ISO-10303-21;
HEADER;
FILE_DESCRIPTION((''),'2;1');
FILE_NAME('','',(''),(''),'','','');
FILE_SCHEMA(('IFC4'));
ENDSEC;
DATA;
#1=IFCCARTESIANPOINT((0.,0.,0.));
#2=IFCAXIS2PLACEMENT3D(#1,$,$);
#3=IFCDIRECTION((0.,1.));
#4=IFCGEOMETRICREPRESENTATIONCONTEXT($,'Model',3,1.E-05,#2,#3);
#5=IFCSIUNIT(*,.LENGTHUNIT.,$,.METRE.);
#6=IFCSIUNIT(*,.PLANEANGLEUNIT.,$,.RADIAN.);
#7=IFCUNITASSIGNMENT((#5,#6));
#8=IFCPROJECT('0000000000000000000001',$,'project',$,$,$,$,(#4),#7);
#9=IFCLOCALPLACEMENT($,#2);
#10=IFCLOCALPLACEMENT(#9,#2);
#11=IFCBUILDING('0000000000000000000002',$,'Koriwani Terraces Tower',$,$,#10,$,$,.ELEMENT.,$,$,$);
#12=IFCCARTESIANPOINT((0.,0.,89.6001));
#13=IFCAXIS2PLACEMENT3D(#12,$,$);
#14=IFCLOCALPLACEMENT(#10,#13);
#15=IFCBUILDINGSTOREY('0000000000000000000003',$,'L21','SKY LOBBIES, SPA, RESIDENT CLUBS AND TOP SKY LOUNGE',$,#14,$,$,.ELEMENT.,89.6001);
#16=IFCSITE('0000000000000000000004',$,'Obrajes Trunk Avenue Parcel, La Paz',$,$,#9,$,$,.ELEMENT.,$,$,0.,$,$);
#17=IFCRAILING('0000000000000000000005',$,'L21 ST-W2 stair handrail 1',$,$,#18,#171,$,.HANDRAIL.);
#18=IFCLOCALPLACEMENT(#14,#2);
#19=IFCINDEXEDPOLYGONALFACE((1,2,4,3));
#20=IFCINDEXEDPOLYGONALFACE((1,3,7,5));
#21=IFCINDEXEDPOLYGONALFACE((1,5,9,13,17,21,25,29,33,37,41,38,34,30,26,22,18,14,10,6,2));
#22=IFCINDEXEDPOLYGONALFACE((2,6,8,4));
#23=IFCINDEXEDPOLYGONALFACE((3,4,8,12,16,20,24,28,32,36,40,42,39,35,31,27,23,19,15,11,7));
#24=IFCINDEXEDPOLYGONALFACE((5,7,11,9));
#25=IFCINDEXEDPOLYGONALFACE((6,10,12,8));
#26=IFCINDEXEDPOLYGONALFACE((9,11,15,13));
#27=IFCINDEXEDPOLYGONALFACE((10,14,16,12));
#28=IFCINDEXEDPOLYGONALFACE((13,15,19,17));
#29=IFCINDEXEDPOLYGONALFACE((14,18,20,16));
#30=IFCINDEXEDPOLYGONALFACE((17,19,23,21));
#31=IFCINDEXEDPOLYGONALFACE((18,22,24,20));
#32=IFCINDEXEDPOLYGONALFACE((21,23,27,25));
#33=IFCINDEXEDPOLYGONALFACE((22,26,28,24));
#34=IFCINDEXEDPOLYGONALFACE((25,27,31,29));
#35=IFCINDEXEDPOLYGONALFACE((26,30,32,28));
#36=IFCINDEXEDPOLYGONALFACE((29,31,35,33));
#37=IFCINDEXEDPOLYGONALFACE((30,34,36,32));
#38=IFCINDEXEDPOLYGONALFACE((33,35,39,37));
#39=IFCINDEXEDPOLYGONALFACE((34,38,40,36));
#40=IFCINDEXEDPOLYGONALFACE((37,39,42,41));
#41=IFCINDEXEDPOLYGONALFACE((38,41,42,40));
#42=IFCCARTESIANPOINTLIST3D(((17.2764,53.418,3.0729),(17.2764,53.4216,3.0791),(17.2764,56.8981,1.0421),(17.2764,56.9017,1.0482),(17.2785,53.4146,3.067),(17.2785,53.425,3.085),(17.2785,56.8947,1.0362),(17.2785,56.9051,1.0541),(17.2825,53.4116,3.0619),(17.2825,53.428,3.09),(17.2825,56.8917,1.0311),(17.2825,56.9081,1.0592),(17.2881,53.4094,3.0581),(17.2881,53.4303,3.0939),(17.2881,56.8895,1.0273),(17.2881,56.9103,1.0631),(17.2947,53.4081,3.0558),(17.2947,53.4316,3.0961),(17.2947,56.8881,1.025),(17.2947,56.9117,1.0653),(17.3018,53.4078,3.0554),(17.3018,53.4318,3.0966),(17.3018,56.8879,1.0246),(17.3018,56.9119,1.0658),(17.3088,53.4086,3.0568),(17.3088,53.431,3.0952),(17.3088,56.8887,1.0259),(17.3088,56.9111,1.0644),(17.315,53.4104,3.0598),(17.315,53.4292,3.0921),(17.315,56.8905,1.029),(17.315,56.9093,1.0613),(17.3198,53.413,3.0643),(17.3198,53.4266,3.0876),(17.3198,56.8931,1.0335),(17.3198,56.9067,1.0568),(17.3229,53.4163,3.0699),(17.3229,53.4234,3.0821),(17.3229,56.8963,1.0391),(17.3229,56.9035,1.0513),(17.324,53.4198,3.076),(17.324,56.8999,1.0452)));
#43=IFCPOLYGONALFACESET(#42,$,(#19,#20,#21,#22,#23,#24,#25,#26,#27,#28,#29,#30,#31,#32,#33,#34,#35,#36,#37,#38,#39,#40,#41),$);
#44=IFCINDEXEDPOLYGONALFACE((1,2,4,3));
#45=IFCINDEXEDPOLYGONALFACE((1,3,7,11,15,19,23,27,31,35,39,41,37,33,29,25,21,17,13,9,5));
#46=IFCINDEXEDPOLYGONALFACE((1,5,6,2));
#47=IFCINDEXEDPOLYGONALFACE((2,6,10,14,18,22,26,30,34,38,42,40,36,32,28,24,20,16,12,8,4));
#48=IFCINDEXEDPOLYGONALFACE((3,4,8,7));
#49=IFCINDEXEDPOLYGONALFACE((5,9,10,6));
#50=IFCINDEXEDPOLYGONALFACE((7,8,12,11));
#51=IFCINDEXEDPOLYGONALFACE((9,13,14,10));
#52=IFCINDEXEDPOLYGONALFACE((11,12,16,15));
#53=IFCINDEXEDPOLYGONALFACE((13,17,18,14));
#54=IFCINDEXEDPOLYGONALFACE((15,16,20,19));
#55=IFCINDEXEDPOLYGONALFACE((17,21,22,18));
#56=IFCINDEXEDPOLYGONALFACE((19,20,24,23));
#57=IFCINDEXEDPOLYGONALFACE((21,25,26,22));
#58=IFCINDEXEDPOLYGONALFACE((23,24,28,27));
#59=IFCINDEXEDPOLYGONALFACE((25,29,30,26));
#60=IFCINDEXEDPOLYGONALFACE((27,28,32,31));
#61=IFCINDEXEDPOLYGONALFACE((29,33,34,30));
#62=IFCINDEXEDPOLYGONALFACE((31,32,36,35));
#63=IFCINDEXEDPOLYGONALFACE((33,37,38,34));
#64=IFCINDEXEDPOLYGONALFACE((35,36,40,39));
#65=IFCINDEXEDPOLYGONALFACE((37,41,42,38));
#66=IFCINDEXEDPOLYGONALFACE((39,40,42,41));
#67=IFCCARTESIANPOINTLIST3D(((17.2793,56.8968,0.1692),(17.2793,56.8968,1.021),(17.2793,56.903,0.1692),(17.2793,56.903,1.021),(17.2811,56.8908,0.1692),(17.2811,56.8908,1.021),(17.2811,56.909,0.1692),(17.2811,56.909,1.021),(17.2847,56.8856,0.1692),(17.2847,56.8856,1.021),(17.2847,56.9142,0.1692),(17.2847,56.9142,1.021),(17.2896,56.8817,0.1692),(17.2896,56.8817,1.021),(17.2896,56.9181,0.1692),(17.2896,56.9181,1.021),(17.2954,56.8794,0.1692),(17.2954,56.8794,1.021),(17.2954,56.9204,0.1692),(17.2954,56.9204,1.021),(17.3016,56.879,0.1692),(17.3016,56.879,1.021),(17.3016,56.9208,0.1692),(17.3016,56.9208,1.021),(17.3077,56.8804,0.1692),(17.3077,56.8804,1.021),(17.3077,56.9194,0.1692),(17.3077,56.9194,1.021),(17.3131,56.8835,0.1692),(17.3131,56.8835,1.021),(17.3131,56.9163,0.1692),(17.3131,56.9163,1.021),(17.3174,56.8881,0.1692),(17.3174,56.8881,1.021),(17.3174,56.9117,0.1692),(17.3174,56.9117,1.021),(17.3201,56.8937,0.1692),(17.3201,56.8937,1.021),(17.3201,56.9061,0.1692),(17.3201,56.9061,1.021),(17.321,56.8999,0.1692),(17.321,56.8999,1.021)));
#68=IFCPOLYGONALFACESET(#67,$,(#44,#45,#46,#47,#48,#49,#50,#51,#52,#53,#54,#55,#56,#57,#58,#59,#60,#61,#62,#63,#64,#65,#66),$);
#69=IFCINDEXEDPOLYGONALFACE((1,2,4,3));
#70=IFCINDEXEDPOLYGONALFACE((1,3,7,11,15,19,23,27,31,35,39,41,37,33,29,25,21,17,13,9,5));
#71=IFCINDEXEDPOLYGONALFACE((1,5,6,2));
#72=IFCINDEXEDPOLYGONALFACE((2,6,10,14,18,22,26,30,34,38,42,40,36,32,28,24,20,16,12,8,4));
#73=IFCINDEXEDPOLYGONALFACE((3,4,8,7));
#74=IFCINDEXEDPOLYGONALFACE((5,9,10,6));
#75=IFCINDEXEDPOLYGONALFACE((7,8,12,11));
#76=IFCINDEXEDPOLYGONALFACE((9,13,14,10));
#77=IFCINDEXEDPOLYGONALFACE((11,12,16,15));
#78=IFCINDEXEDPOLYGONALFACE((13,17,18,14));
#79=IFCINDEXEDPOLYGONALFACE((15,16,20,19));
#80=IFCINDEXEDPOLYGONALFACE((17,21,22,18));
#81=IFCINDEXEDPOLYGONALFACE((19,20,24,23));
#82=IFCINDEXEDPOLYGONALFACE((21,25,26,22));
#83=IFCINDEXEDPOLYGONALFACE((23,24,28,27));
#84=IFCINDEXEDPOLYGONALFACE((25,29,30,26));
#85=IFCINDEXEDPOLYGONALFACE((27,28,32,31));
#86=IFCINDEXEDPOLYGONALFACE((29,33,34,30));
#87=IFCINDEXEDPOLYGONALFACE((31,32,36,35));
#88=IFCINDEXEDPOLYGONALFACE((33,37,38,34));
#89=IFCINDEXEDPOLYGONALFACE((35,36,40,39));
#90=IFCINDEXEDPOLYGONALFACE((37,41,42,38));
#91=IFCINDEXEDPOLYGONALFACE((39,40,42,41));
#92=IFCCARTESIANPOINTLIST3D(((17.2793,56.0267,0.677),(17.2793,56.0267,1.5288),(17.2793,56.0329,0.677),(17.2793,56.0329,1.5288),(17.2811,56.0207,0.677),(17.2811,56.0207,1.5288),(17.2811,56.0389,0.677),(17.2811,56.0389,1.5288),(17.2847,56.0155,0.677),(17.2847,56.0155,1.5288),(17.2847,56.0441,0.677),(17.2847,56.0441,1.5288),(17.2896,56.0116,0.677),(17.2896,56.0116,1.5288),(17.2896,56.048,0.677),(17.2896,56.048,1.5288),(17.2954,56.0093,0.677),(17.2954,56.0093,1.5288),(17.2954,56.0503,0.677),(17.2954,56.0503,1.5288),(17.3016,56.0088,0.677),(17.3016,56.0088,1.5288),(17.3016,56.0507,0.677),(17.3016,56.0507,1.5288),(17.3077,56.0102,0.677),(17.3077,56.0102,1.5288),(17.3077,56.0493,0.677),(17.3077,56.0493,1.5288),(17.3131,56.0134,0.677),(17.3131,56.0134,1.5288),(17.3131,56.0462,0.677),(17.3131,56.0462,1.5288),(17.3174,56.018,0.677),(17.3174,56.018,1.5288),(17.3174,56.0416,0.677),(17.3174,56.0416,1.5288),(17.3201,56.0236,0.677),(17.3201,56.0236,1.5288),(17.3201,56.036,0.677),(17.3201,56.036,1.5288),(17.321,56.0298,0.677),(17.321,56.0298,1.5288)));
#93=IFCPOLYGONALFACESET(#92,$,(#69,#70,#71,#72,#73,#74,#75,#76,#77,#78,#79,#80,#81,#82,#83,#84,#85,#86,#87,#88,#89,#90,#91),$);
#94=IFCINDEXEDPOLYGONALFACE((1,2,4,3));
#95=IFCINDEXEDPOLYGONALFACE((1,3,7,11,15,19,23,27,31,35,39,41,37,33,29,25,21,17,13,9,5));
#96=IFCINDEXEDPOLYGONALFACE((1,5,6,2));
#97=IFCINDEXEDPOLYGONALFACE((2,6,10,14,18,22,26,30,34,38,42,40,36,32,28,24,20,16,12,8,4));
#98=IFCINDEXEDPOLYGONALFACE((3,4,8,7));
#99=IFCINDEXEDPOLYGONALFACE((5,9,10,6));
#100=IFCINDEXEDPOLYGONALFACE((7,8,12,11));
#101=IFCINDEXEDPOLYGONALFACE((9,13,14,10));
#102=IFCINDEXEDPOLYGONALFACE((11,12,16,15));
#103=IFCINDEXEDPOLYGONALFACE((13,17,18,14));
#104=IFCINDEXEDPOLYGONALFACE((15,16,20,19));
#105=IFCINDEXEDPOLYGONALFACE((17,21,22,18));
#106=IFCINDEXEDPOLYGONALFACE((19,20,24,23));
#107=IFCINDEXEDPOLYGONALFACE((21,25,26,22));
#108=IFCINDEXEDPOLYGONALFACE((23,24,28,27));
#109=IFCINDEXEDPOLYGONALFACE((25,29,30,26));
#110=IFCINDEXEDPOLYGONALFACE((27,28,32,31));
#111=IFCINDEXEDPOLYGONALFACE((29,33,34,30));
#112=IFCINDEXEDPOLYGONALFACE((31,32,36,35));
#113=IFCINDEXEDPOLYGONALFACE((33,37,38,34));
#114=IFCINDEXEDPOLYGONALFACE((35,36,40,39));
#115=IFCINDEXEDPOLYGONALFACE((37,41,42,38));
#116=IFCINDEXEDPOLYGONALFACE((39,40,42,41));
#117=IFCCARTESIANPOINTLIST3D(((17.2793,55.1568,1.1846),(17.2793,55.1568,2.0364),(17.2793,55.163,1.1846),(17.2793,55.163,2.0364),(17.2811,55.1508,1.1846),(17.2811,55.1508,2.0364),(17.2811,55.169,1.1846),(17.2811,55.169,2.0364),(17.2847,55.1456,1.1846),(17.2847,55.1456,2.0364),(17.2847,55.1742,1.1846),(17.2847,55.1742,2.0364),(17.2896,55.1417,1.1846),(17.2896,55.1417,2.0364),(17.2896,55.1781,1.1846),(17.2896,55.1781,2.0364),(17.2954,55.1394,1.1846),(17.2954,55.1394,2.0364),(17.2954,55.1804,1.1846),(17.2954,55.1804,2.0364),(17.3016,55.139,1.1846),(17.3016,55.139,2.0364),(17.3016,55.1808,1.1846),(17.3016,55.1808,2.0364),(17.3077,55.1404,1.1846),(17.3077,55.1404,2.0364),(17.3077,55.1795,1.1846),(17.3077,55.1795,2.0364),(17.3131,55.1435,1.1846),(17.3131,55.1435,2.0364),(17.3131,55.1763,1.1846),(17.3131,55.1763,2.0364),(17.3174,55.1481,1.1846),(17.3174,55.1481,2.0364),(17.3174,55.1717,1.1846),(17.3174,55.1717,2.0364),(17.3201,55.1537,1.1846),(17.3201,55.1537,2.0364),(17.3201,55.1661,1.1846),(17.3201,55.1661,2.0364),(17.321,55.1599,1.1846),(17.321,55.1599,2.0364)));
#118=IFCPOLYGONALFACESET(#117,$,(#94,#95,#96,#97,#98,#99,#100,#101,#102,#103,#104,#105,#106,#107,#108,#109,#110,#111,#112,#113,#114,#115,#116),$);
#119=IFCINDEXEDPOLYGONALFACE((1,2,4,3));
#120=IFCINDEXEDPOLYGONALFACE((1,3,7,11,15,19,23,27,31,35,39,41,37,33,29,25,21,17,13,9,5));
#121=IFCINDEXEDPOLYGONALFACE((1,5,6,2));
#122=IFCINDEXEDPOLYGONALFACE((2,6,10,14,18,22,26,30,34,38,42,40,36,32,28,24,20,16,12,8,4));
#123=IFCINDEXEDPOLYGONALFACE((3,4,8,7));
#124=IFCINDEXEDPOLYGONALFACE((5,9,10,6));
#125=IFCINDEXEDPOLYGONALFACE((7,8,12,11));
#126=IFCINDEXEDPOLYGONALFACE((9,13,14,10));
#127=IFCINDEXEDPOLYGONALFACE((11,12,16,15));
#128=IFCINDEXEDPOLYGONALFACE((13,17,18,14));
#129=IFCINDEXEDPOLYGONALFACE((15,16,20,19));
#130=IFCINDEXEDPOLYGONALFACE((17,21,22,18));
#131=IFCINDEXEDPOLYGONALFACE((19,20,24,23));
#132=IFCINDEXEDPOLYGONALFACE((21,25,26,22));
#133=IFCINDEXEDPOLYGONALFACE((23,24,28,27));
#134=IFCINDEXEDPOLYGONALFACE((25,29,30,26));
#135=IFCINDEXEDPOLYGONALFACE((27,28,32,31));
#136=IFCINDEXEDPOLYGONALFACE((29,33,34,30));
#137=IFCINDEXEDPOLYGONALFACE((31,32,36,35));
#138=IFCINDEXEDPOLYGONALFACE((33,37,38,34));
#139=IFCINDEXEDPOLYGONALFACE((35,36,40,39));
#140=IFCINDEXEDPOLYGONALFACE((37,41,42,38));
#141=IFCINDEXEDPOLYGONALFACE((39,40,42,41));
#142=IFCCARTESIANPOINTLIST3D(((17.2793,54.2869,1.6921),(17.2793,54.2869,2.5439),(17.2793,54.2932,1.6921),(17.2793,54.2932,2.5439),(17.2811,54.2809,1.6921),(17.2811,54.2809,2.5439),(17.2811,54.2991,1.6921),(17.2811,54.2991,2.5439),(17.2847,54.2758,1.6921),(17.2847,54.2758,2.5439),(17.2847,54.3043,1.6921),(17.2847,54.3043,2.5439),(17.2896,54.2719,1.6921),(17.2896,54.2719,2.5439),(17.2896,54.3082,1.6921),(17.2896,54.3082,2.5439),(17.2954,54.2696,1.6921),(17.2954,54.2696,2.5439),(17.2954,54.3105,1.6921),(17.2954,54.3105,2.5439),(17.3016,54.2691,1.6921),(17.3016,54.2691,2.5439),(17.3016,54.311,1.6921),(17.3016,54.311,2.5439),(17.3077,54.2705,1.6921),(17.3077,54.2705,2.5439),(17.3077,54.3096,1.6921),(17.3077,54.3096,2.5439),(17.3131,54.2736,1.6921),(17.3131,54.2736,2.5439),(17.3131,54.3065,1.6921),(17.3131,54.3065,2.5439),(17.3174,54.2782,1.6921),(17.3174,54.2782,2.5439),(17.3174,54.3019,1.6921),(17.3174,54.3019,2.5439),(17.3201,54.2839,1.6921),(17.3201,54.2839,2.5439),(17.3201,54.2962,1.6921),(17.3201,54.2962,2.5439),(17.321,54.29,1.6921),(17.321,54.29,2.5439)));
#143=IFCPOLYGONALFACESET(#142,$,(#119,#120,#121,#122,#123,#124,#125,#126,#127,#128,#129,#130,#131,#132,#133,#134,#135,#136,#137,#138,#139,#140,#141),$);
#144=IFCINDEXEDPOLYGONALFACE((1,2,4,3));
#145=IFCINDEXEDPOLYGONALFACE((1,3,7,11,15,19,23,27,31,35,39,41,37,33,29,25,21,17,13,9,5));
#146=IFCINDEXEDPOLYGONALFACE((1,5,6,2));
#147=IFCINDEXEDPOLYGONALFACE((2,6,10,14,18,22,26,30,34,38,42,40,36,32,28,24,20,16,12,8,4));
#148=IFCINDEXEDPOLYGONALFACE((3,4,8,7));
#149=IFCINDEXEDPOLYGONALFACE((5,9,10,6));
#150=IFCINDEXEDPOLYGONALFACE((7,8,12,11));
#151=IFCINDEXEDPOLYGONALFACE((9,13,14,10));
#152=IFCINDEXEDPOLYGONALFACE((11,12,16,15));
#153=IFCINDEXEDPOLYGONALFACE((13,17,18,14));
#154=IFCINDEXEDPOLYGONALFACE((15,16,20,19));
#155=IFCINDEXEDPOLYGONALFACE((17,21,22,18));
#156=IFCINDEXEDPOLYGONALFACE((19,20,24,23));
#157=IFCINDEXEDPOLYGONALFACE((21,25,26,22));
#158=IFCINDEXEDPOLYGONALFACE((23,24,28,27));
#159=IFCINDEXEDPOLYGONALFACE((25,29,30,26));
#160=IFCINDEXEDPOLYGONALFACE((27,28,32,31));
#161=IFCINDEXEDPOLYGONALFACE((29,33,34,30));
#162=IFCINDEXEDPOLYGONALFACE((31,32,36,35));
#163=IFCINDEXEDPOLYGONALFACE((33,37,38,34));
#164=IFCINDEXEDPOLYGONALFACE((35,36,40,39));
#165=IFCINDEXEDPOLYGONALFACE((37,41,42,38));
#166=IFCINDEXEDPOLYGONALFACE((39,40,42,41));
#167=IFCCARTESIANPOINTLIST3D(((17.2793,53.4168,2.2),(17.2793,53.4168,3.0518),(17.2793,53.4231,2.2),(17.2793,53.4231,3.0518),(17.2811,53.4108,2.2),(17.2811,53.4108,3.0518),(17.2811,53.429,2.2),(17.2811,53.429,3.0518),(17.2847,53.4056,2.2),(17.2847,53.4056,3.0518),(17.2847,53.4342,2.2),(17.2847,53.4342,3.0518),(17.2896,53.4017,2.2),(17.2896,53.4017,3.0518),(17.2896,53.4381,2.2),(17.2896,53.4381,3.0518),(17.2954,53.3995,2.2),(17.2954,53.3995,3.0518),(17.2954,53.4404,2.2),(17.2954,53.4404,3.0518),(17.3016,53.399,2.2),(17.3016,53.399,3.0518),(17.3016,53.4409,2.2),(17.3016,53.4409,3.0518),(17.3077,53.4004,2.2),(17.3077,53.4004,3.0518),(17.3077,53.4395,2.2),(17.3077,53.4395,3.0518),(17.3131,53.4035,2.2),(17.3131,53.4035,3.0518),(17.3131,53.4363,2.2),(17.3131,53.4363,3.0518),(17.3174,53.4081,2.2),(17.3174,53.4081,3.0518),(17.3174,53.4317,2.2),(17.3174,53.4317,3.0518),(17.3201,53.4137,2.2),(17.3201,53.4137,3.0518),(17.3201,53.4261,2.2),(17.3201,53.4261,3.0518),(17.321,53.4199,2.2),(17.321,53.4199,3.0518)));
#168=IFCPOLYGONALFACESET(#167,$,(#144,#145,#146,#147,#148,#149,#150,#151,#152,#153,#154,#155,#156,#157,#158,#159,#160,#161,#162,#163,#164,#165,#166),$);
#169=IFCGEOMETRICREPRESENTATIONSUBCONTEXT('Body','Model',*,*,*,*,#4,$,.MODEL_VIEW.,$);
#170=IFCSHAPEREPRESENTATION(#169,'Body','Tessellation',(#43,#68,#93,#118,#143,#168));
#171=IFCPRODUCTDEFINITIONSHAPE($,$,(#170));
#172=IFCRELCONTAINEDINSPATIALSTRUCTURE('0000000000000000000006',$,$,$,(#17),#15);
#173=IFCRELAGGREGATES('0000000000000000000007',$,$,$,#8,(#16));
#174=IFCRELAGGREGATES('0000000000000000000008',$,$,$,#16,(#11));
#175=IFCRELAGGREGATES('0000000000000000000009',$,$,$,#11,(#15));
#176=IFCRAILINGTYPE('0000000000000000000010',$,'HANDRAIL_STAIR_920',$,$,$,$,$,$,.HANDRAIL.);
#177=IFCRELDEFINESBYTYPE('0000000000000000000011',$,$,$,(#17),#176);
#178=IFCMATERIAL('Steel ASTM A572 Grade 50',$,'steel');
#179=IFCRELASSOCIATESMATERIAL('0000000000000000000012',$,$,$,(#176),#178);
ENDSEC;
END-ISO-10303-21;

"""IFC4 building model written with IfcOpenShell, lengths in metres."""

from ifc_helpers import new_model, si_unit, direction, frame, origin, origin_2d, place, context, subcontext, project, spatial, circle, extrude, material, type_object, element, save


model = new_model("IFC4")

# Units and contexts
model_context = context("Model", 3, precision=1e-05, world=origin(), true_north=direction((0.0, 1.0)))
body_context = subcontext(model_context, "Body", "Model", "MODEL_VIEW")
ifc_project = project(units=[si_unit("LENGTHUNIT", "METRE"), si_unit("PLANEANGLEUNIT", "RADIAN")], contexts=[model_context])

# Site, building, storey
site_placement = place(None, origin())
site = spatial("IfcSite", under=ifc_project, at=site_placement, Name="Obrajes Trunk Avenue Parcel, La Paz", CompositionType="ELEMENT", RefElevation=0.0)
building_placement = place(site_placement, origin())
building = spatial("IfcBuilding", under=site, at=building_placement, Name="Koriwani Terraces Tower", CompositionType="ELEMENT")
storey_placement = place(building_placement, frame((0.0, 0.0, 89.6001)))
storey = spatial("IfcBuildingStorey", under=building, at=storey_placement, Name="L21", Description="SKY LOBBIES, SPA, RESIDENT CLUBS AND TOP SKY LOUNGE", CompositionType="ELEMENT", Elevation=89.6001)

# Shared definitions
ifc_material_1 = material(Name="Steel ASTM A572 Grade 50", Category="steel")

# Railing
railing_type = type_object("IfcRailingType", Name="HANDRAIL_STAIR_920", PredefinedType="HANDRAIL", material=ifc_material_1)
for number, where, name in (
    (1, (17.3, 56.8999, 0.1692), "L21 ST-W2 stair handrail 1"),
):
    element("IfcRailing", number, at=place(storey_placement, frame(where)), inside=storey, type_object=railing_type, Name=name, PredefinedType="HANDRAIL", context=body_context, shape_type="SweptSolid", body=[
        extrude(circle(Radius=0.0239, at=origin_2d()), frame((0.0, 0.0, 0.876), z_axis=(0.0, -0.863695, 0.504014), x_axis=(1.0, 0.0, 0.0)), (0.0, 0.0, 1.0), 4.0293),
        extrude(circle(Radius=0.021, at=origin_2d()), origin(), (0.0, 0.0, 1.0), 0.8518),
        extrude(circle(Radius=0.021, at=origin_2d()), frame((0.0, -0.8701, 0.5078)), (0.0, 0.0, 1.0), 0.8518),
        extrude(circle(Radius=0.021, at=origin_2d()), frame((0.0, -1.74, 1.0154)), (0.0, 0.0, 1.0), 0.8518),
        extrude(circle(Radius=0.021, at=origin_2d()), frame((0.0, -2.6099, 1.5229)), (0.0, 0.0, 1.0), 0.8518),
        extrude(circle(Radius=0.021, at=origin_2d()), frame((0.0, -3.48, 2.0308)), (0.0, 0.0, 1.0), 0.8518),
    ])

save(model, "model.ifc")
